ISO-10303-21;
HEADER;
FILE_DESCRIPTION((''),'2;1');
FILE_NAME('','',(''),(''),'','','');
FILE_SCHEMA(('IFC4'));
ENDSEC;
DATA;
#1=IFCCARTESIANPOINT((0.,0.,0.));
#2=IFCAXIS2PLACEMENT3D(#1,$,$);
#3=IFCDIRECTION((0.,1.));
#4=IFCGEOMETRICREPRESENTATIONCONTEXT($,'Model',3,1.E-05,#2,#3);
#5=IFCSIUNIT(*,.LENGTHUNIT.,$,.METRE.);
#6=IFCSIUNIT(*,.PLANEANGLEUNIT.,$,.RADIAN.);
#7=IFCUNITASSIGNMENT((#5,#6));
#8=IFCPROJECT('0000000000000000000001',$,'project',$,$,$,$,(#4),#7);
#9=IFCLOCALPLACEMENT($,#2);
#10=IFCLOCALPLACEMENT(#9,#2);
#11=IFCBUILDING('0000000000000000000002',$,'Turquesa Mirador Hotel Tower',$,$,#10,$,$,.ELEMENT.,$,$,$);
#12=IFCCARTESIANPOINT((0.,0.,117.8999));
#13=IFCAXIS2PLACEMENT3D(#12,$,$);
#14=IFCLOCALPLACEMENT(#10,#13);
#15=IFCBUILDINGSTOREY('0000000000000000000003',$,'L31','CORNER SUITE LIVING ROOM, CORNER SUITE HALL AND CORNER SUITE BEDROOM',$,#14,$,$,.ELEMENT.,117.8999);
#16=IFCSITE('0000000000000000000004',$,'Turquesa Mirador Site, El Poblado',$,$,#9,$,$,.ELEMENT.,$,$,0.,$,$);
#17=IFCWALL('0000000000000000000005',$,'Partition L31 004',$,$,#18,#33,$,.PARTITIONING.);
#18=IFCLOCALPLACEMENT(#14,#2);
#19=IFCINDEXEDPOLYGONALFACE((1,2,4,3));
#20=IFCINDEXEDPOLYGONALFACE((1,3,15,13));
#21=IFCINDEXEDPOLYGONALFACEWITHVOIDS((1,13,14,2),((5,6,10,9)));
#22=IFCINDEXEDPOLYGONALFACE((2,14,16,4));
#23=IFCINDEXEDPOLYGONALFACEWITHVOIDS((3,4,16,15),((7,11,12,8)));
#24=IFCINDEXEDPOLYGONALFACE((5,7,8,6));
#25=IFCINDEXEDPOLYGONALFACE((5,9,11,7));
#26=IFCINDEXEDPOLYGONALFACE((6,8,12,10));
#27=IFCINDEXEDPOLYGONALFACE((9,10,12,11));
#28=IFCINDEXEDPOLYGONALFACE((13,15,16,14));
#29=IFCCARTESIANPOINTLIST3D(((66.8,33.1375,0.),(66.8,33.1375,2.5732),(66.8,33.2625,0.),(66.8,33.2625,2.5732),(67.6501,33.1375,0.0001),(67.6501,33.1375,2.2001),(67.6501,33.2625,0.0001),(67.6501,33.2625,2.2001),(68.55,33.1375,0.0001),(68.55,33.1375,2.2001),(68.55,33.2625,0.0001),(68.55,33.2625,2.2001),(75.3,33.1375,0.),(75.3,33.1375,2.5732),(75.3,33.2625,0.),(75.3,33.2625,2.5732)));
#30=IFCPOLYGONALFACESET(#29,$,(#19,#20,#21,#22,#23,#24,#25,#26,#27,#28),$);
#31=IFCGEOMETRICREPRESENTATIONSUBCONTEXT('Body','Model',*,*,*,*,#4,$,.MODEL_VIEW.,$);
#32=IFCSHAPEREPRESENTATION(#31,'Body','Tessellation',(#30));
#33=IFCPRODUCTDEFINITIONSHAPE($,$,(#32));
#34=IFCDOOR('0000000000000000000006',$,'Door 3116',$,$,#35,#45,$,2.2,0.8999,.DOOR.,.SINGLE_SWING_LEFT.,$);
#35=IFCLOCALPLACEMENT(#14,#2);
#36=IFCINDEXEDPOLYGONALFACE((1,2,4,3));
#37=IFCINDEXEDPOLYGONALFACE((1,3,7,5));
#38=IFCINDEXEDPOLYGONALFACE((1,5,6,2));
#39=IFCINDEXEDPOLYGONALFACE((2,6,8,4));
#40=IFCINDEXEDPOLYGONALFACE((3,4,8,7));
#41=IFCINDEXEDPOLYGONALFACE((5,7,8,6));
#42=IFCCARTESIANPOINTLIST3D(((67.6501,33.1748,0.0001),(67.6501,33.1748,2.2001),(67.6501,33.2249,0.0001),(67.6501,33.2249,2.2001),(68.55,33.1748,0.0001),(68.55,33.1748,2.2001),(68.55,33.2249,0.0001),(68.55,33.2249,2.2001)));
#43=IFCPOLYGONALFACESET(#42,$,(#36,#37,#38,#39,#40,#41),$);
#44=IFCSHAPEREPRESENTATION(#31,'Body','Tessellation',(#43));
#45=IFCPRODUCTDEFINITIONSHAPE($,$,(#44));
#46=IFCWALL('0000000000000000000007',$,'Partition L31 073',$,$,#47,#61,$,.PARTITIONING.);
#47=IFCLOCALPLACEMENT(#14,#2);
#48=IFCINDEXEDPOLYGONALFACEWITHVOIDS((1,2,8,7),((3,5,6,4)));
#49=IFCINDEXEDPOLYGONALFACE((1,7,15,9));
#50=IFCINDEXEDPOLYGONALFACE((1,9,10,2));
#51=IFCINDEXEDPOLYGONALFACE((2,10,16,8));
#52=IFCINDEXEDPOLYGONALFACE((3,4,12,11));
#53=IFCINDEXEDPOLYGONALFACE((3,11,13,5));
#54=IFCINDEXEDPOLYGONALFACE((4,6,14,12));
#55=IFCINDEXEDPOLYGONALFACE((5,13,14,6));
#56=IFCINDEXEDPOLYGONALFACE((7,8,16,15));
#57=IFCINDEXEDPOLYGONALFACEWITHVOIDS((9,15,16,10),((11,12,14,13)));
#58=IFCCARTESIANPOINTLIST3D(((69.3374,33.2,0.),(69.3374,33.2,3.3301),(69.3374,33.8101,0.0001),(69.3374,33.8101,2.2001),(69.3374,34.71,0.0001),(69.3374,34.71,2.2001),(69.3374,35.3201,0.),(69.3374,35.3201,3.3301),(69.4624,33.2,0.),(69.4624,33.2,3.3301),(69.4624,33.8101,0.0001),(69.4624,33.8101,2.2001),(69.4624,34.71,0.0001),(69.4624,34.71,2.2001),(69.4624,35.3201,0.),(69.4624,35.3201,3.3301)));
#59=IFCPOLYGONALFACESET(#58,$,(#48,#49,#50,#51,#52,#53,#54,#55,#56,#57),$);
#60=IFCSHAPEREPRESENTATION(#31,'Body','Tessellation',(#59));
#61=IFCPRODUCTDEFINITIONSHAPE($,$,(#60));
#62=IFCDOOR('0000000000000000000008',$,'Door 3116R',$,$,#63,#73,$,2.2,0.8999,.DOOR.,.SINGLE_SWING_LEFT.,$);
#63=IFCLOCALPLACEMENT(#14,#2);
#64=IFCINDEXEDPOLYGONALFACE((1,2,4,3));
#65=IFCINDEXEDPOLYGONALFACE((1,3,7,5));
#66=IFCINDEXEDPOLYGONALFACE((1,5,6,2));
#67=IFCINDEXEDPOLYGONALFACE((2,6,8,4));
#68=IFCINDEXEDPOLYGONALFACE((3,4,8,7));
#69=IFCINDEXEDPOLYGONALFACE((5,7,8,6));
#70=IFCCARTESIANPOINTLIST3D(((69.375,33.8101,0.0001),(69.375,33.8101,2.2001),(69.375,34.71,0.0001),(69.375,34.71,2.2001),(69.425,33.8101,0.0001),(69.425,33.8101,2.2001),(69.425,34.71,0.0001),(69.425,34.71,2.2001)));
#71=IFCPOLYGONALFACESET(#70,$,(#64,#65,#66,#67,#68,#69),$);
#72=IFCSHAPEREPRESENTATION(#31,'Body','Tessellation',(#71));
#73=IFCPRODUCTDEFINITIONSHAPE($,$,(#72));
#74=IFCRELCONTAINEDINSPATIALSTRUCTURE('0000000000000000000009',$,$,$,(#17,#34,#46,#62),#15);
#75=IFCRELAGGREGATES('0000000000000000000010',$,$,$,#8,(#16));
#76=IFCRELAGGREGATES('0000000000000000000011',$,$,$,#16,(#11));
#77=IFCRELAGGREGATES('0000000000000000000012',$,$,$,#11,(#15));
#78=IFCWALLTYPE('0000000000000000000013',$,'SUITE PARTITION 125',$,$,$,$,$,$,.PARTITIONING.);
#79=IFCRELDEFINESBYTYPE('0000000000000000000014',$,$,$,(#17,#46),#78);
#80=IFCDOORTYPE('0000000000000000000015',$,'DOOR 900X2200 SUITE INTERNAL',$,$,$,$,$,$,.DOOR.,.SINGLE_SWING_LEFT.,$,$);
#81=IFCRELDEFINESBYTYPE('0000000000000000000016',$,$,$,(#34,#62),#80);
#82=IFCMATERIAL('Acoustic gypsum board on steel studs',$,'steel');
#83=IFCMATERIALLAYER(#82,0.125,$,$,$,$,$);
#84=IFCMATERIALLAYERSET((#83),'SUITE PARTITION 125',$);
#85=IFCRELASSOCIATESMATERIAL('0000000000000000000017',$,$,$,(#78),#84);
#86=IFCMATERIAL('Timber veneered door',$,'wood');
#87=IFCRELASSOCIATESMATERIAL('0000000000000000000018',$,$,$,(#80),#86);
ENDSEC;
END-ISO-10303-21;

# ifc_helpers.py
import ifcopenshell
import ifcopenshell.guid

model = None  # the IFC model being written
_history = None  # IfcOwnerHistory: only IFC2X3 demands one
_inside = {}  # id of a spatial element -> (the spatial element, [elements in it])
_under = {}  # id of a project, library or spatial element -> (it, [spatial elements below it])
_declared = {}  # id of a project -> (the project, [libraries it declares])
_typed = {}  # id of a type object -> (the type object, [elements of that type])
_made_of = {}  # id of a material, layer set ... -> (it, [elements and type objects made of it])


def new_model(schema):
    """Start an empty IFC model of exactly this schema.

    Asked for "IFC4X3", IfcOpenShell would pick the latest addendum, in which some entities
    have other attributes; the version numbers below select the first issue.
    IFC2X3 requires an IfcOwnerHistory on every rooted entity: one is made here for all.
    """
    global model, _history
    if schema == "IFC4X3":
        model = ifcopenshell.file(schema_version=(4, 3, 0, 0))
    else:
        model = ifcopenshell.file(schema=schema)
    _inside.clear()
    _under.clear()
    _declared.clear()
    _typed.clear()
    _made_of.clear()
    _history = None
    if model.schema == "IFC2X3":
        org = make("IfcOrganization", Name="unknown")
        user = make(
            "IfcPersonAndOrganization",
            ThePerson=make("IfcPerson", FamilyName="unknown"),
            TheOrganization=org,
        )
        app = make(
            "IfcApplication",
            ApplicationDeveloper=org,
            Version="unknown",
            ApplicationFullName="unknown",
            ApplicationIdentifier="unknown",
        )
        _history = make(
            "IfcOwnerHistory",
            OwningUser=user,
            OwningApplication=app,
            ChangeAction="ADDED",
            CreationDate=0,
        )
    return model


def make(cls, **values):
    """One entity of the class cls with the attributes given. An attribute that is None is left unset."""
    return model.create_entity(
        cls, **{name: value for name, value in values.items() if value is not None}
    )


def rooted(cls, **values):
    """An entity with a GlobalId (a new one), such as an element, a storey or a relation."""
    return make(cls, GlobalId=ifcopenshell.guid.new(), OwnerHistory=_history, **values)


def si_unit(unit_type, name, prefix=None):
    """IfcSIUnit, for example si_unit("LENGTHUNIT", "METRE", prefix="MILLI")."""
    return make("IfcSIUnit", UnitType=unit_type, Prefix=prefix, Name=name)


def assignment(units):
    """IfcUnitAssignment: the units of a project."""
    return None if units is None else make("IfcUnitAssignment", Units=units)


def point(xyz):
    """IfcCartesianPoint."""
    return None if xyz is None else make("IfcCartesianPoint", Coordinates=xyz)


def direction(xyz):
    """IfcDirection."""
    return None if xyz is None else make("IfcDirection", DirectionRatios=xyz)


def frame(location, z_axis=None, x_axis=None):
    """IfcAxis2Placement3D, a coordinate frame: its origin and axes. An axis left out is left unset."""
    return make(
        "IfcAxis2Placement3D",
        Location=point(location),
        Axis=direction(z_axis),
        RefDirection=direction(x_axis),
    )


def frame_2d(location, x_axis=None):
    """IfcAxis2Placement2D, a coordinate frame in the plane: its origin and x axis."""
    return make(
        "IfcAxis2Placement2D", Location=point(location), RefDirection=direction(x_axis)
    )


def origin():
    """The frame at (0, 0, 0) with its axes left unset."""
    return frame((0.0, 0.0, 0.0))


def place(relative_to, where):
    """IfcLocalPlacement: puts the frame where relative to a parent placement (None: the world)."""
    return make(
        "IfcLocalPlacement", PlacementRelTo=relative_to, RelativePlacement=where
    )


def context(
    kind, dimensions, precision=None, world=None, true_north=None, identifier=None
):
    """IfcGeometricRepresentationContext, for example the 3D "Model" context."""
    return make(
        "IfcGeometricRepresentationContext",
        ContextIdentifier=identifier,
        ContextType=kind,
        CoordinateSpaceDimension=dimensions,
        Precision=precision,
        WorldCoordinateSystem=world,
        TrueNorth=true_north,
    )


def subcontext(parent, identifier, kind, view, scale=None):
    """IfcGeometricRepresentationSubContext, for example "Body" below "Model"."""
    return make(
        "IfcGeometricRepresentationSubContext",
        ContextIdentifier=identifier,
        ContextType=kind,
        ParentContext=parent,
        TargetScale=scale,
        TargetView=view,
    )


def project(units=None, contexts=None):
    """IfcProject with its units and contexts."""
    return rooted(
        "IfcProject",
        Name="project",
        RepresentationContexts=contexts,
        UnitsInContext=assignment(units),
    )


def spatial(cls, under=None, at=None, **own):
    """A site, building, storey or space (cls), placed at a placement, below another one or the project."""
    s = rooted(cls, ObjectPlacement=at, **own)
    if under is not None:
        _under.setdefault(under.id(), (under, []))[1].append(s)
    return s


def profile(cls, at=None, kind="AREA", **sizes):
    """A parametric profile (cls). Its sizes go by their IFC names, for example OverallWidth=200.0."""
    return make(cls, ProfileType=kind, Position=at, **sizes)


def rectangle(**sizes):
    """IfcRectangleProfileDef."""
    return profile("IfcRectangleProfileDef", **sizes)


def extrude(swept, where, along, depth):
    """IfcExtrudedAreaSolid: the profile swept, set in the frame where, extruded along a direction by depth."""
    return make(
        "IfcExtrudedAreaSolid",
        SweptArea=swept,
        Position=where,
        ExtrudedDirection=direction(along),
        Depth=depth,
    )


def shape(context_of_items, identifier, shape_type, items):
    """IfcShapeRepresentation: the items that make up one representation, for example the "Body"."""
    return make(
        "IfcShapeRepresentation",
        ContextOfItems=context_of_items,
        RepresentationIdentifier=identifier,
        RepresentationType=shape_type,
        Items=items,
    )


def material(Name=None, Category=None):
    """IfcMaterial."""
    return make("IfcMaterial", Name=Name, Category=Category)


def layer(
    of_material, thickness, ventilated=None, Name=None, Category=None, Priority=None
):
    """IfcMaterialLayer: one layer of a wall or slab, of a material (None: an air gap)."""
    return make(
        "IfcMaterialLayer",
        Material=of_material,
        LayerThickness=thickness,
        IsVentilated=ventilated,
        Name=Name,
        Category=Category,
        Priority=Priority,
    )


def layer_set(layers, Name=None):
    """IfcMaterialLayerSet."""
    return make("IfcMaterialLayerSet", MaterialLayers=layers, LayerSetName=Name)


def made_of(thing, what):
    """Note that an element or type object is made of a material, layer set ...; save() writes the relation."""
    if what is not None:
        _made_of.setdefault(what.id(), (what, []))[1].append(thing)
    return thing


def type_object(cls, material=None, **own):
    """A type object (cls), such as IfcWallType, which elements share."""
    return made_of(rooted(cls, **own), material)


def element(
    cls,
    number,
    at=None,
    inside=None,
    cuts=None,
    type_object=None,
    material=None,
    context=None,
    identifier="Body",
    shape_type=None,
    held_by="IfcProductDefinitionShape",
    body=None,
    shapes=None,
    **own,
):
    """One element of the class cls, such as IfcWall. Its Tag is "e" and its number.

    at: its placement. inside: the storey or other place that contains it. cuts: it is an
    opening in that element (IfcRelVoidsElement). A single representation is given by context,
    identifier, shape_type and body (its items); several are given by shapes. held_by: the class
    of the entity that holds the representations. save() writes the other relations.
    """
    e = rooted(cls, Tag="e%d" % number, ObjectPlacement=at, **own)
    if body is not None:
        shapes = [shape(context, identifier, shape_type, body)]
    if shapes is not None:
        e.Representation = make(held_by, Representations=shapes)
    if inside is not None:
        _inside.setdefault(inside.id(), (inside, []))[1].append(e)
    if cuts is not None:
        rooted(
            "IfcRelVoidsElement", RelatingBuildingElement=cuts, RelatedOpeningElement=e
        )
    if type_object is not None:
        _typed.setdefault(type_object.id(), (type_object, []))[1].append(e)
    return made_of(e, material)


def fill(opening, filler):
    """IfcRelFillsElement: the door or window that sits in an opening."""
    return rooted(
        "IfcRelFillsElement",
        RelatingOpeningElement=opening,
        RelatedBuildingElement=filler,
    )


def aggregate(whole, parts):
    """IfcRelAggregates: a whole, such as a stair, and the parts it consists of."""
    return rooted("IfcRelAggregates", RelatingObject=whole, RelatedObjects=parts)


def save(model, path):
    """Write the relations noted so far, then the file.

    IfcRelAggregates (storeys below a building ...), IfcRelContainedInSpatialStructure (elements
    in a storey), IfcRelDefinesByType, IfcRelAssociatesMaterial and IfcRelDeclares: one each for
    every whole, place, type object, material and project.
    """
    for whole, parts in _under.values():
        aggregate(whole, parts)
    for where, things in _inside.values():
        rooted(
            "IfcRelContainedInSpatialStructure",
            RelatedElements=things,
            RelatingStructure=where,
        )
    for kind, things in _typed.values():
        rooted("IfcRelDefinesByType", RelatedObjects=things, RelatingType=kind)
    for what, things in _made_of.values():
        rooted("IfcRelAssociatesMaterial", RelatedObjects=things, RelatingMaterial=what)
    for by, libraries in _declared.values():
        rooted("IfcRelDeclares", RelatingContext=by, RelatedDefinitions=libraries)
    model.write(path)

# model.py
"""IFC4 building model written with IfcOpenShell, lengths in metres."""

from ifc_helpers import new_model, si_unit, direction, frame, frame_2d, origin, place, context, subcontext, project, spatial, rectangle, extrude, material, layer, layer_set, type_object, element, fill, save


model = new_model("IFC4")

# Units and contexts
model_context = context("Model", 3, precision=1e-05, world=origin(), true_north=direction((0.0, 1.0)))
body_context = subcontext(model_context, "Body", "Model", "MODEL_VIEW")
ifc_project = project(units=[si_unit("LENGTHUNIT", "METRE"), si_unit("PLANEANGLEUNIT", "RADIAN")], contexts=[model_context])

# Site, building, storey
site_placement = place(None, origin())
site = spatial("IfcSite", under=ifc_project, at=site_placement, Name="Turquesa Mirador Site, El Poblado", CompositionType="ELEMENT", RefElevation=0.0)
building_placement = place(site_placement, origin())
building = spatial("IfcBuilding", under=site, at=building_placement, Name="Turquesa Mirador Hotel Tower", CompositionType="ELEMENT")
storey_placement = place(building_placement, frame((0.0, 0.0, 117.8999)))
storey = spatial("IfcBuildingStorey", under=building, at=storey_placement, Name="L31", Description="CORNER SUITE LIVING ROOM, CORNER SUITE HALL AND CORNER SUITE BEDROOM", CompositionType="ELEMENT", Elevation=117.8999)

# Walls, openings, doors
ifc_material_1 = material(Name="Acoustic gypsum board on steel studs", Category="steel")
ifc_layer_1 = layer(ifc_material_1, 0.125)
ifc_layer_set_1 = layer_set([ifc_layer_1], Name="SUITE PARTITION 125")
wall_type_1 = type_object("IfcWallType", Name="SUITE PARTITION 125", PredefinedType="PARTITIONING", material=ifc_layer_set_1)
wall_1_placement = place(storey_placement, frame((66.8, 33.2, 0.0), z_axis=(0.0, 0.0, 1.0), x_axis=(1.0, 0.0, 0.0)))
wall_1 = element("IfcWall", 1, at=wall_1_placement, inside=storey, type_object=wall_type_1, Name="Partition L31 004", PredefinedType="PARTITIONING", context=body_context, shape_type="SweptSolid", body=[
    extrude(rectangle(XDim=8.5, YDim=0.125, at=frame_2d((4.25, 0.0))), origin(), (0.0, 0.0, 1.0), 2.5732),
])
opening_1_placement = place(wall_1_placement, frame((0.8501, 0.0, 0.0)))
opening_1 = element("IfcOpeningElement", 2, at=opening_1_placement, cuts=wall_1, PredefinedType="OPENING", context=body_context, shape_type="SweptSolid", body=[
    extrude(rectangle(XDim=0.8999, YDim=2.2, at=frame_2d((0.45, 1.1001))), frame((0.0, 0.0725, 0.0), z_axis=(0.0, -1.0, 0.0), x_axis=(1.0, 0.0, 0.0)), (0.0, 0.0, 1.0), 0.145),
])
ifc_material_2 = material(Name="Timber veneered door", Category="wood")
door_type_1 = type_object("IfcDoorType", Name="DOOR 900X2200 SUITE INTERNAL", OperationType="SINGLE_SWING_LEFT", PredefinedType="DOOR", material=ifc_material_2)
door_1_placement = place(opening_1_placement, origin())
door_1 = element("IfcDoor", 3, at=door_1_placement, inside=storey, type_object=door_type_1, Name="Door 3116", OperationType="SINGLE_SWING_LEFT", OverallHeight=2.2, OverallWidth=0.8999, PredefinedType="DOOR", context=body_context, shape_type="SweptSolid", body=[
    extrude(rectangle(XDim=0.8999, YDim=2.2, at=frame_2d((0.45, 1.1001))), frame((0.0, 0.0249, 0.0), z_axis=(0.0, -1.0, 0.0), x_axis=(1.0, 0.0, 0.0)), (0.0, 0.0, 1.0), 0.05),
])
fill(opening_1, door_1)
wall_2_placement = place(storey_placement, frame((69.3999, 33.2, 0.0), z_axis=(0.0, 0.0, 1.0), x_axis=(0.0, 1.0, 0.0)))
wall_2 = element("IfcWall", 4, at=wall_2_placement, inside=storey, type_object=wall_type_1, Name="Partition L31 073", PredefinedType="PARTITIONING", context=body_context, shape_type="SweptSolid", body=[
    extrude(rectangle(XDim=2.1201, YDim=0.125, at=frame_2d((1.0601, 0.0))), origin(), (0.0, 0.0, 1.0), 3.3301),
])
opening_2_placement = place(wall_2_placement, frame((0.6101, 0.0, 0.0)))
opening_2 = element("IfcOpeningElement", 5, at=opening_2_placement, cuts=wall_2, PredefinedType="OPENING", context=body_context, shape_type="SweptSolid", body=[
    extrude(rectangle(XDim=0.8999, YDim=2.2, at=frame_2d((0.45, 1.1001))), frame((0.0, 0.0725, 0.0), z_axis=(0.0, -1.0, 0.0), x_axis=(1.0, 0.0, 0.0)), (0.0, 0.0, 1.0), 0.145),
])
door_2_placement = place(opening_2_placement, origin())
door_2 = element("IfcDoor", 6, at=door_2_placement, inside=storey, type_object=door_type_1, Name="Door 3116R", OperationType="SINGLE_SWING_LEFT", OverallHeight=2.2, OverallWidth=0.8999, PredefinedType="DOOR", context=body_context, shape_type="SweptSolid", body=[
    extrude(rectangle(XDim=0.8999, YDim=2.2, at=frame_2d((0.45, 1.1001))), frame((0.0, 0.0249, 0.0), z_axis=(0.0, -1.0, 0.0), x_axis=(1.0, 0.0, 0.0)), (0.0, 0.0, 1.0), 0.05),
])
fill(opening_2, door_2)

save(model, "model.ifc")
